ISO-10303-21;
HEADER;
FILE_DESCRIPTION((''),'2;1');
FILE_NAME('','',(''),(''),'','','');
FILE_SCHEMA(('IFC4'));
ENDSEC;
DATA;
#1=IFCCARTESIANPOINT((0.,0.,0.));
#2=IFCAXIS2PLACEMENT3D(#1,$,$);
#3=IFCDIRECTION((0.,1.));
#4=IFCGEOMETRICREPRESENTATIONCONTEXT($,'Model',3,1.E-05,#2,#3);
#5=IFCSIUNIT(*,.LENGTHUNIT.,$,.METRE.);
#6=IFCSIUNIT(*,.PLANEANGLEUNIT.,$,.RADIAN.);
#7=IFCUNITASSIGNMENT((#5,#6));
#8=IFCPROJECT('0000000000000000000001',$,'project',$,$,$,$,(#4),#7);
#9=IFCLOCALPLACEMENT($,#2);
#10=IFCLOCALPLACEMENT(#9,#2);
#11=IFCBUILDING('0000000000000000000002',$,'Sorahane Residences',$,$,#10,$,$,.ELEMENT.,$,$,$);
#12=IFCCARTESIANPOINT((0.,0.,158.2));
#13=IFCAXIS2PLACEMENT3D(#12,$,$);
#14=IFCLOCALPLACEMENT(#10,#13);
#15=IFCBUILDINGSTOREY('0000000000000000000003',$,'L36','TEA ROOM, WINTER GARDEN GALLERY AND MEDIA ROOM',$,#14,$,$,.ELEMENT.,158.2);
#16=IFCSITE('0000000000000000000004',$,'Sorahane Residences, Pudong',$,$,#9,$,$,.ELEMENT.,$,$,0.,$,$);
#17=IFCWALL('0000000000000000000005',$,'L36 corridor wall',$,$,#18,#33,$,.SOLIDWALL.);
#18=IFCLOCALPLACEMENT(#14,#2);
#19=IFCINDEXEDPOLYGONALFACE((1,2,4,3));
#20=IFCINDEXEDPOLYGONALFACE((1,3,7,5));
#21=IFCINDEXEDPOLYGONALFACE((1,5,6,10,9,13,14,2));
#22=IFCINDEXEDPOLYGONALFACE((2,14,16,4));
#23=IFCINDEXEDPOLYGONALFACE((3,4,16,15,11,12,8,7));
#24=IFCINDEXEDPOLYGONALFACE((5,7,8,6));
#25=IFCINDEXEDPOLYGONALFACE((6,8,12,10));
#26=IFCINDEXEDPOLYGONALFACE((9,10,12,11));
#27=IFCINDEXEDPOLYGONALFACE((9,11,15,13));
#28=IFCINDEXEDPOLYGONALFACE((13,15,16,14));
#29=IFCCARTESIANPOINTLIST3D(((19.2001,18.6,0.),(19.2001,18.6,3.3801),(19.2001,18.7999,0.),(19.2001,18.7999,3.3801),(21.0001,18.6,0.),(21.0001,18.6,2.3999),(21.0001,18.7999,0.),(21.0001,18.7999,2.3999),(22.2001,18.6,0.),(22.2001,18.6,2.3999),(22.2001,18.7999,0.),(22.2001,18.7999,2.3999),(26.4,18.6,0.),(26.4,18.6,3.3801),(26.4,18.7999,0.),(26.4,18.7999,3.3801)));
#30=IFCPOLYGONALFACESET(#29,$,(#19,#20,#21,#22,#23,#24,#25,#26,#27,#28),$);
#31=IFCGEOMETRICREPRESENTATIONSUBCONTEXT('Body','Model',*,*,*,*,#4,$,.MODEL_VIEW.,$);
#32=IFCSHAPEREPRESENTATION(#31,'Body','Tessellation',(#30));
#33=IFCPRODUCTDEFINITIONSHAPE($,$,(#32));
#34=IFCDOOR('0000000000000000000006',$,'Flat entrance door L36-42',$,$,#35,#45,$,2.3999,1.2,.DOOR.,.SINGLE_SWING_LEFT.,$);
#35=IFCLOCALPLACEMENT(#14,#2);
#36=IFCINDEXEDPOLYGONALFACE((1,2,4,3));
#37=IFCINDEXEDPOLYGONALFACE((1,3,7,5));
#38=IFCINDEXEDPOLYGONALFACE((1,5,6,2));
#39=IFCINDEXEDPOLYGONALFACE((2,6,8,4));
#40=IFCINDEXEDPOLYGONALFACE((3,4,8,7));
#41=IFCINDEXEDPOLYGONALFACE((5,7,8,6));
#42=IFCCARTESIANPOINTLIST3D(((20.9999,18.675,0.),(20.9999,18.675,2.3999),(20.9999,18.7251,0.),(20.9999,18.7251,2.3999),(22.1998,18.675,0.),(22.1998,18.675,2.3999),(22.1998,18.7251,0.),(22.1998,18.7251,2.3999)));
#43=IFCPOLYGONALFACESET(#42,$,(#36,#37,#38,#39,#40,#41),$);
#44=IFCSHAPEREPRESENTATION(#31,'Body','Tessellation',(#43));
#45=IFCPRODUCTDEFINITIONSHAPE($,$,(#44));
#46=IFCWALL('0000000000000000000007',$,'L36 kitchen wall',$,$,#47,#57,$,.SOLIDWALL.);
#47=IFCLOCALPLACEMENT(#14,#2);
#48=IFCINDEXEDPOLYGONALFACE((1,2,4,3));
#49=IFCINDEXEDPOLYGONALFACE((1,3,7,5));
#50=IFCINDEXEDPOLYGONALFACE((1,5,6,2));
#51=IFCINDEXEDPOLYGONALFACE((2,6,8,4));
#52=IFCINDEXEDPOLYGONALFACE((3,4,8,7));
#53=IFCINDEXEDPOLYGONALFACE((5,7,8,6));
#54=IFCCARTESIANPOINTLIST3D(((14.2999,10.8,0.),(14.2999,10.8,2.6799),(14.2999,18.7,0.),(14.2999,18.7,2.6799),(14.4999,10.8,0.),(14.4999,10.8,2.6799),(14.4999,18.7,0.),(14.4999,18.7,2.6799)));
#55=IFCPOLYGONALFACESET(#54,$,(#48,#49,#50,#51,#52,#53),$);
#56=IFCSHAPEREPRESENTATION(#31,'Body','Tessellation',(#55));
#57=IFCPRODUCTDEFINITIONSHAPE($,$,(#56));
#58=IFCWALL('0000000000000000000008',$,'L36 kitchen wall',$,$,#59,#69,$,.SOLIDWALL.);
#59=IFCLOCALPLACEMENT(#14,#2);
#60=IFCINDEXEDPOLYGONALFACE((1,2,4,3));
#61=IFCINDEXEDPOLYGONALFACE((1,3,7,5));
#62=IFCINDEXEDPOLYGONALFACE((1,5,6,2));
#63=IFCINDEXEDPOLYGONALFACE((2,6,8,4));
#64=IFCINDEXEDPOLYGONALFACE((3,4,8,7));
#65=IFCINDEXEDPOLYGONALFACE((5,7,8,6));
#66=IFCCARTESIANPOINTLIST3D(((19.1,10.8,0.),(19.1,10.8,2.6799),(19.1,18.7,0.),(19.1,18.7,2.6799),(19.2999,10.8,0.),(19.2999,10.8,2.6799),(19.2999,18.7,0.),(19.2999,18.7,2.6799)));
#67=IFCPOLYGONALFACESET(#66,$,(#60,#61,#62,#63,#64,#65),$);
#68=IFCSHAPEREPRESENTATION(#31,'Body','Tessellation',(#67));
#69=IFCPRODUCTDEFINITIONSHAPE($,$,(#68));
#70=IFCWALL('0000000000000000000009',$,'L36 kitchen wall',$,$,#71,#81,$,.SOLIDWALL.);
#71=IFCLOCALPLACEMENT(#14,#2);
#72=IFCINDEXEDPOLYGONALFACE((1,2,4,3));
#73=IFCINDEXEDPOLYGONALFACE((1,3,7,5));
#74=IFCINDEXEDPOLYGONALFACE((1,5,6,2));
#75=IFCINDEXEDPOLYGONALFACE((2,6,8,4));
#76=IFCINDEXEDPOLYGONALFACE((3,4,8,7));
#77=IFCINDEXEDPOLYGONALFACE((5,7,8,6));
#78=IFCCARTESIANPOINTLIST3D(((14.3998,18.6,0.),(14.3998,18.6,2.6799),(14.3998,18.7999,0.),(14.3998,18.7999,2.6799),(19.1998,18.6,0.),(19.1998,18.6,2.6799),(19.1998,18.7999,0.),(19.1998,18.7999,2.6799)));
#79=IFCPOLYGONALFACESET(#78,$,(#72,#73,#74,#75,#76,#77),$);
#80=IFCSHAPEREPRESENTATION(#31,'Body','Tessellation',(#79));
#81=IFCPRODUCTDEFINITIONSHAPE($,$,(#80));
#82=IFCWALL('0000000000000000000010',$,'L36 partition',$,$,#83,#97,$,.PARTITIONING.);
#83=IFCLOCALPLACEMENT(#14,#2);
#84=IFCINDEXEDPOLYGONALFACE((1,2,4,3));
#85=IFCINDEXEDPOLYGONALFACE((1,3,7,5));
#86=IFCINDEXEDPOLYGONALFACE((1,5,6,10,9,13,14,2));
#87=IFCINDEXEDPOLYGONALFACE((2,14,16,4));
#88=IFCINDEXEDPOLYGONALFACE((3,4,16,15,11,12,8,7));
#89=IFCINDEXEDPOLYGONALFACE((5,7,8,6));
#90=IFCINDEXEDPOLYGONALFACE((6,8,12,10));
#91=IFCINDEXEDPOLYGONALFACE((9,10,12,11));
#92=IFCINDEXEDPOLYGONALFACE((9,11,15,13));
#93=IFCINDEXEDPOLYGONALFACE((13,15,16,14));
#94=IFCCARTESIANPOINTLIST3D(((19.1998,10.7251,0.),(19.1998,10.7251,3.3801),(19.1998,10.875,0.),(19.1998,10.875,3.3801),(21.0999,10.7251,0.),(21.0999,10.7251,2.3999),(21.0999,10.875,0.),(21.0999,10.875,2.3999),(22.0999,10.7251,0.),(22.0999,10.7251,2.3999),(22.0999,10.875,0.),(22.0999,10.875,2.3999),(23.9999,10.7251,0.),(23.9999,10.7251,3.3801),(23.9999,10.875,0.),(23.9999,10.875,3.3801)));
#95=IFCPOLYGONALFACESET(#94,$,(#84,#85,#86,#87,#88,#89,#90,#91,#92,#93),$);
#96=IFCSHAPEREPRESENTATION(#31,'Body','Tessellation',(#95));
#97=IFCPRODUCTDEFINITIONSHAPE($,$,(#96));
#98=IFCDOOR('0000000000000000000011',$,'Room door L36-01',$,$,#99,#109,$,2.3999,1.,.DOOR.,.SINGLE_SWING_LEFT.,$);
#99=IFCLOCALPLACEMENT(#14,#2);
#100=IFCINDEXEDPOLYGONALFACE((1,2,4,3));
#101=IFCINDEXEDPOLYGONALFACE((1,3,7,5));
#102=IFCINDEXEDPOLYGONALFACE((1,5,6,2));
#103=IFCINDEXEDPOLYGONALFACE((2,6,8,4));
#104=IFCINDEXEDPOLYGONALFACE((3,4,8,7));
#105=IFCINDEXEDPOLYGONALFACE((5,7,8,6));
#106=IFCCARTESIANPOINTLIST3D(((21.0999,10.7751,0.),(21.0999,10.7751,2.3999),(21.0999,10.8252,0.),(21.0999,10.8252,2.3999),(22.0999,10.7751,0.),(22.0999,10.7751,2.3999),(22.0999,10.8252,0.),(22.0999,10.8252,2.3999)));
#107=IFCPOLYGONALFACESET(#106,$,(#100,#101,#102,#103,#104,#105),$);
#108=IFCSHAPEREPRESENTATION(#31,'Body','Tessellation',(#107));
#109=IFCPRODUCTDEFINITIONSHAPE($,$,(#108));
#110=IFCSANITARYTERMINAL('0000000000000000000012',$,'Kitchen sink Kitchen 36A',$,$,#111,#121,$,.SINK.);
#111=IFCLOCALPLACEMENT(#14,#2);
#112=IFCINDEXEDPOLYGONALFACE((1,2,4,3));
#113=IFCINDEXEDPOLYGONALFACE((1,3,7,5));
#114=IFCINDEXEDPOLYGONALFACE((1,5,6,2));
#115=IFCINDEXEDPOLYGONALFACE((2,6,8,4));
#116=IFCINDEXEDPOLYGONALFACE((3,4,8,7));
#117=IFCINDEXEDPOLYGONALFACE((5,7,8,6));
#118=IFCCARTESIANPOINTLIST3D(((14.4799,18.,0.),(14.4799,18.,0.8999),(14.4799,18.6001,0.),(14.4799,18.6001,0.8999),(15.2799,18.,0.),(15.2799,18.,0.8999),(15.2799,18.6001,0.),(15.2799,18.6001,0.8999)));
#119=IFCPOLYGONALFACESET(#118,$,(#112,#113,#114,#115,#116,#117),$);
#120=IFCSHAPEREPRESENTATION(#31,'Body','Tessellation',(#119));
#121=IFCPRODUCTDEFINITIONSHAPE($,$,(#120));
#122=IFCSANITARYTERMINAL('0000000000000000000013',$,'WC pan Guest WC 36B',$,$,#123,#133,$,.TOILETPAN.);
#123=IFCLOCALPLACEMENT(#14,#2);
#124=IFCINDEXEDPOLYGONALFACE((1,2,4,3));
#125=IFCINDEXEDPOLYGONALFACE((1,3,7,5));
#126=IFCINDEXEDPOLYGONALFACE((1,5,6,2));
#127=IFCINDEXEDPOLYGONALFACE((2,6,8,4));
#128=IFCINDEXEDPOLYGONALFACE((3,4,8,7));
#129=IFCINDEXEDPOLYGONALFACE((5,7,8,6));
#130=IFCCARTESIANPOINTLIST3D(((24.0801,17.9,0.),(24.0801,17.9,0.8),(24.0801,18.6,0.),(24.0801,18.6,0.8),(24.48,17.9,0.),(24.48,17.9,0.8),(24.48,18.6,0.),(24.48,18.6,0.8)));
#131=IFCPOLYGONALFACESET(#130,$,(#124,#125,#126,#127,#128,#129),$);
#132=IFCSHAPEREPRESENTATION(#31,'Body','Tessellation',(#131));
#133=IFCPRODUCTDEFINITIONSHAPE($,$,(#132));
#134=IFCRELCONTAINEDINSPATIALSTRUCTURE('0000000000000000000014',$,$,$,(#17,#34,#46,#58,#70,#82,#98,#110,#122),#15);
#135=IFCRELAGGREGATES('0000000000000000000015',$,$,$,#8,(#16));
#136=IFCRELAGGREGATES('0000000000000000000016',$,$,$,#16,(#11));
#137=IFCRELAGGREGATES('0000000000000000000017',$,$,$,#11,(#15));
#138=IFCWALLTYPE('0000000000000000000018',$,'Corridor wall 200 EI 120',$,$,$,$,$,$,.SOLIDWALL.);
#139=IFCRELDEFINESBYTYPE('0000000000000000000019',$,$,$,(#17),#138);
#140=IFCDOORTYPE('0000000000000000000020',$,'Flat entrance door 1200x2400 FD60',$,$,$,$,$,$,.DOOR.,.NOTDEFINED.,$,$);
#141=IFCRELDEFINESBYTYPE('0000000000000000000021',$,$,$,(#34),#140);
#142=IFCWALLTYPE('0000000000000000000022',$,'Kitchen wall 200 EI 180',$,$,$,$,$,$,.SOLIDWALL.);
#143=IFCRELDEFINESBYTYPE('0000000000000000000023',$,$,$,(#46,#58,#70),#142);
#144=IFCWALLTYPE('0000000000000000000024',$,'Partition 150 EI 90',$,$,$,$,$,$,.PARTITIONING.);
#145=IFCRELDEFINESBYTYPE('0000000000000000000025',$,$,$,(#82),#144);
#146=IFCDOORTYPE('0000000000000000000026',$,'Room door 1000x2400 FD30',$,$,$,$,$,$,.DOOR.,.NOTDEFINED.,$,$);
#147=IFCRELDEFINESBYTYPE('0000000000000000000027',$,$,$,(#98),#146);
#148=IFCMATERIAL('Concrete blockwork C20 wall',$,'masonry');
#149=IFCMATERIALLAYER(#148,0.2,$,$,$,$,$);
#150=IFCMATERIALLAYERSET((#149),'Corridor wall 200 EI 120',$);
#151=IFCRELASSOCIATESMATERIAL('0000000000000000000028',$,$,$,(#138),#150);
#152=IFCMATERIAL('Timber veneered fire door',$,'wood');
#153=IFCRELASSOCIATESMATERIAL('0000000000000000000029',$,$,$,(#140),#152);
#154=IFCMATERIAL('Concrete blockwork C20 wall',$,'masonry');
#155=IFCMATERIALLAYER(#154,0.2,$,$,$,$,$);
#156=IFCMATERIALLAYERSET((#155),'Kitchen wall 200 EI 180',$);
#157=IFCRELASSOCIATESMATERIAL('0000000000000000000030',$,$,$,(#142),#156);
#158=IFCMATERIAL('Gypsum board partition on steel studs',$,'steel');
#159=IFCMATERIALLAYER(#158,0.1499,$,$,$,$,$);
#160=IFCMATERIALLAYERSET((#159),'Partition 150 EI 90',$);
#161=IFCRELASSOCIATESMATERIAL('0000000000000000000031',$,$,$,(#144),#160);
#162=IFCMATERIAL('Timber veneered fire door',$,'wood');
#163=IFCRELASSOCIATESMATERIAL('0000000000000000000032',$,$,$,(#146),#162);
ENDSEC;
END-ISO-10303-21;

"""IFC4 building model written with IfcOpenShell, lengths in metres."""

from ifc_helpers import new_model, si_unit, direction, frame, frame_2d, origin, origin_2d, place, context, subcontext, project, spatial, rectangle, extrude, material, layer, layer_set, type_object, element, fill, save


model = new_model("IFC4")

# Units and contexts
model_context = context("Model", 3, precision=1e-05, world=origin(), true_north=direction((0.0, 1.0)))
body_context = subcontext(model_context, "Body", "Model", "MODEL_VIEW")
ifc_project = project(units=[si_unit("LENGTHUNIT", "METRE"), si_unit("PLANEANGLEUNIT", "RADIAN")], contexts=[model_context])

# Site, building, storey
site_placement = place(None, origin())
site = spatial("IfcSite", under=ifc_project, at=site_placement, Name="Sorahane Residences, Pudong", CompositionType="ELEMENT", RefElevation=0.0)
building_placement = place(site_placement, origin())
building = spatial("IfcBuilding", under=site, at=building_placement, Name="Sorahane Residences", CompositionType="ELEMENT")
storey_placement = place(building_placement, frame((0.0, 0.0, 158.2)))
storey = spatial("IfcBuildingStorey", under=building, at=storey_placement, Name="L36", Description="TEA ROOM, WINTER GARDEN GALLERY AND MEDIA ROOM", CompositionType="ELEMENT", Elevation=158.2)

# Wall, opening, door
ifc_material_1 = material(Name="Concrete blockwork C20 wall", Category="masonry")
ifc_layer_1 = layer(ifc_material_1, 0.2)
ifc_layer_set_1 = layer_set([ifc_layer_1], Name="Corridor wall 200 EI 120")
wall_type_1 = type_object("IfcWallType", Name="Corridor wall 200 EI 120", PredefinedType="SOLIDWALL", material=ifc_layer_set_1)
wall_1_placement = place(storey_placement, frame((19.2, 18.7, 0.0), z_axis=(0.0, 0.0, 1.0), x_axis=(1.0, 0.0, 0.0)))
wall_1 = element("IfcWall", 1, at=wall_1_placement, inside=storey, type_object=wall_type_1, Name="L36 corridor wall", PredefinedType="SOLIDWALL", context=body_context, shape_type="SweptSolid", body=[
    extrude(rectangle(XDim=7.2, YDim=0.2, at=frame_2d((3.6001, 0.0))), origin(), (0.0, 0.0, 1.0), 3.3801),
])
opening_1_placement = place(wall_1_placement, frame((1.8, 0.0, 0.0)))
opening_1 = element("IfcOpeningElement", 2, at=opening_1_placement, cuts=wall_1, PredefinedType="OPENING", context=body_context, shape_type="SweptSolid", body=[
    extrude(rectangle(XDim=1.2, YDim=2.3999, at=frame_2d((0.6001, 1.2))), frame((0.0, 0.1099, 0.0), z_axis=(0.0, -1.0, 0.0), x_axis=(1.0, 0.0, 0.0)), (0.0, 0.0, 1.0), 0.22),
])
ifc_material_2 = material(Name="Timber veneered fire door", Category="wood")
door_type_1 = type_object("IfcDoorType", Name="Flat entrance door 1200x2400 FD60", OperationType="NOTDEFINED", PredefinedType="DOOR", material=ifc_material_2)
door_1_placement = place(opening_1_placement, frame((1.2, 0.0, 0.0), z_axis=(0.0, 0.0, 1.0), x_axis=(-1.0, 0.0, 0.0)))
door_1 = element("IfcDoor", 3, at=door_1_placement, inside=storey, type_object=door_type_1, Name="Flat entrance door L36-42", OperationType="SINGLE_SWING_LEFT", OverallHeight=2.3999, OverallWidth=1.2, PredefinedType="DOOR", context=body_context, shape_type="SweptSolid", body=[
    extrude(rectangle(XDim=1.2, YDim=2.3999, at=frame_2d((0.6001, 1.2))), frame((0.0, 0.0249, 0.0), z_axis=(0.0, -1.0, 0.0), x_axis=(1.0, 0.0, 0.0)), (0.0, 0.0, 1.0), 0.05),
])
fill(opening_1, door_1)

# Walls
ifc_material_3 = material(Name="Concrete blockwork C20 wall", Category="masonry")
ifc_layer_2 = layer(ifc_material_3, 0.2)
ifc_layer_set_2 = layer_set([ifc_layer_2], Name="Kitchen wall 200 EI 180")
wall_type_2 = type_object("IfcWallType", Name="Kitchen wall 200 EI 180", PredefinedType="SOLIDWALL", material=ifc_layer_set_2)
for number, where, z_axis, x_axis, name in (
    (4, (14.3999, 10.8, 0.0), (0.0, 0.0, 1.0), (0.0, 1.0, 0.0), "L36 kitchen wall"),
    (5, (19.2, 10.8, 0.0), (0.0, 0.0, 1.0), (0.0, 1.0, 0.0), "L36 kitchen wall"),
):
    element("IfcWall", number, at=place(storey_placement, frame(where, z_axis=z_axis, x_axis=x_axis)), inside=storey, type_object=wall_type_2, Name=name, PredefinedType="SOLIDWALL", context=body_context, shape_type="SweptSolid", body=[
        extrude(rectangle(XDim=7.8999, YDim=0.2, at=frame_2d((3.95, 0.0))), origin(), (0.0, 0.0, 1.0), 2.6799),
    ])

# Wall
wall_2_placement = place(storey_placement, frame((14.3999, 18.7, 0.0), z_axis=(0.0, 0.0, 1.0), x_axis=(1.0, 0.0, 0.0)))
element("IfcWall", 6, at=wall_2_placement, inside=storey, type_object=wall_type_2, Name="L36 kitchen wall", PredefinedType="SOLIDWALL", context=body_context, shape_type="SweptSolid", body=[
    extrude(rectangle(XDim=4.8, YDim=0.2, at=frame_2d((2.3999, 0.0))), origin(), (0.0, 0.0, 1.0), 2.6799),
])

# Wall, opening, door
ifc_material_4 = material(Name="Gypsum board partition on steel studs", Category="steel")
ifc_layer_3 = layer(ifc_material_4, 0.1499)
ifc_layer_set_3 = layer_set([ifc_layer_3], Name="Partition 150 EI 90")
wall_type_3 = type_object("IfcWallType", Name="Partition 150 EI 90", PredefinedType="PARTITIONING", material=ifc_layer_set_3)
wall_3_placement = place(storey_placement, frame((19.2, 10.8, 0.0), z_axis=(0.0, 0.0, 1.0), x_axis=(1.0, 0.0, 0.0)))
wall_3 = element("IfcWall", 7, at=wall_3_placement, inside=storey, type_object=wall_type_3, Name="L36 partition", PredefinedType="PARTITIONING", context=body_context, shape_type="SweptSolid", body=[
    extrude(rectangle(XDim=4.8, YDim=0.1499, at=frame_2d((2.3999, 0.0))), origin(), (0.0, 0.0, 1.0), 3.3801),
])
opening_2_placement = place(wall_3_placement, frame((1.8999, 0.0, 0.0)))
opening_2 = element("IfcOpeningElement", 8, at=opening_2_placement, cuts=wall_3, PredefinedType="OPENING", context=body_context, shape_type="SweptSolid", body=[
    extrude(rectangle(XDim=1.0, YDim=2.3999, at=frame_2d((0.5, 1.2))), frame((0.0, 0.085, 0.0), z_axis=(0.0, -1.0, 0.0), x_axis=(1.0, 0.0, 0.0)), (0.0, 0.0, 1.0), 0.1699),
])
ifc_material_5 = material(Name="Timber veneered fire door", Category="wood")
door_type_2 = type_object("IfcDoorType", Name="Room door 1000x2400 FD30", OperationType="NOTDEFINED", PredefinedType="DOOR", material=ifc_material_5)
door_2_placement = place(opening_2_placement, frame((1.0, 0.0, 0.0), z_axis=(0.0, 0.0, 1.0), x_axis=(-1.0, 0.0, 0.0)))
door_2 = element("IfcDoor", 9, at=door_2_placement, inside=storey, type_object=door_type_2, Name="Room door L36-01", OperationType="SINGLE_SWING_LEFT", OverallHeight=2.3999, OverallWidth=1.0, PredefinedType="DOOR", context=body_context, shape_type="SweptSolid", body=[
    extrude(rectangle(XDim=1.0, YDim=2.3999, at=frame_2d((0.5, 1.2))), frame((0.0, 0.0249, 0.0), z_axis=(0.0, -1.0, 0.0), x_axis=(1.0, 0.0, 0.0)), (0.0, 0.0, 1.0), 0.05),
])
fill(opening_2, door_2)

# Sanitary terminals
sanitary_terminal_1_placement = place(storey_placement, frame((14.8799, 18.3, 0.0), z_axis=(0.0, 0.0, 1.0), x_axis=(1.0, 0.0, 0.0)))
element("IfcSanitaryTerminal", 10, at=sanitary_terminal_1_placement, inside=storey, Name="Kitchen sink Kitchen 36A", PredefinedType="SINK", context=body_context, shape_type="SweptSolid", body=[
    extrude(rectangle(XDim=0.8, YDim=0.6001, at=origin_2d()), origin(), (0.0, 0.0, 1.0), 0.8999),
])
sanitary_terminal_2_placement = place(storey_placement, frame((24.28, 18.25, 0.0), z_axis=(0.0, 0.0, 1.0), x_axis=(1.0, 0.0, 0.0)))
element("IfcSanitaryTerminal", 11, at=sanitary_terminal_2_placement, inside=storey, Name="WC pan Guest WC 36B", PredefinedType="TOILETPAN", context=body_context, shape_type="SweptSolid", body=[
    extrude(rectangle(XDim=0.3999, YDim=0.7, at=origin_2d()), origin(), (0.0, 0.0, 1.0), 0.8),
])

save(model, "model.ifc")
